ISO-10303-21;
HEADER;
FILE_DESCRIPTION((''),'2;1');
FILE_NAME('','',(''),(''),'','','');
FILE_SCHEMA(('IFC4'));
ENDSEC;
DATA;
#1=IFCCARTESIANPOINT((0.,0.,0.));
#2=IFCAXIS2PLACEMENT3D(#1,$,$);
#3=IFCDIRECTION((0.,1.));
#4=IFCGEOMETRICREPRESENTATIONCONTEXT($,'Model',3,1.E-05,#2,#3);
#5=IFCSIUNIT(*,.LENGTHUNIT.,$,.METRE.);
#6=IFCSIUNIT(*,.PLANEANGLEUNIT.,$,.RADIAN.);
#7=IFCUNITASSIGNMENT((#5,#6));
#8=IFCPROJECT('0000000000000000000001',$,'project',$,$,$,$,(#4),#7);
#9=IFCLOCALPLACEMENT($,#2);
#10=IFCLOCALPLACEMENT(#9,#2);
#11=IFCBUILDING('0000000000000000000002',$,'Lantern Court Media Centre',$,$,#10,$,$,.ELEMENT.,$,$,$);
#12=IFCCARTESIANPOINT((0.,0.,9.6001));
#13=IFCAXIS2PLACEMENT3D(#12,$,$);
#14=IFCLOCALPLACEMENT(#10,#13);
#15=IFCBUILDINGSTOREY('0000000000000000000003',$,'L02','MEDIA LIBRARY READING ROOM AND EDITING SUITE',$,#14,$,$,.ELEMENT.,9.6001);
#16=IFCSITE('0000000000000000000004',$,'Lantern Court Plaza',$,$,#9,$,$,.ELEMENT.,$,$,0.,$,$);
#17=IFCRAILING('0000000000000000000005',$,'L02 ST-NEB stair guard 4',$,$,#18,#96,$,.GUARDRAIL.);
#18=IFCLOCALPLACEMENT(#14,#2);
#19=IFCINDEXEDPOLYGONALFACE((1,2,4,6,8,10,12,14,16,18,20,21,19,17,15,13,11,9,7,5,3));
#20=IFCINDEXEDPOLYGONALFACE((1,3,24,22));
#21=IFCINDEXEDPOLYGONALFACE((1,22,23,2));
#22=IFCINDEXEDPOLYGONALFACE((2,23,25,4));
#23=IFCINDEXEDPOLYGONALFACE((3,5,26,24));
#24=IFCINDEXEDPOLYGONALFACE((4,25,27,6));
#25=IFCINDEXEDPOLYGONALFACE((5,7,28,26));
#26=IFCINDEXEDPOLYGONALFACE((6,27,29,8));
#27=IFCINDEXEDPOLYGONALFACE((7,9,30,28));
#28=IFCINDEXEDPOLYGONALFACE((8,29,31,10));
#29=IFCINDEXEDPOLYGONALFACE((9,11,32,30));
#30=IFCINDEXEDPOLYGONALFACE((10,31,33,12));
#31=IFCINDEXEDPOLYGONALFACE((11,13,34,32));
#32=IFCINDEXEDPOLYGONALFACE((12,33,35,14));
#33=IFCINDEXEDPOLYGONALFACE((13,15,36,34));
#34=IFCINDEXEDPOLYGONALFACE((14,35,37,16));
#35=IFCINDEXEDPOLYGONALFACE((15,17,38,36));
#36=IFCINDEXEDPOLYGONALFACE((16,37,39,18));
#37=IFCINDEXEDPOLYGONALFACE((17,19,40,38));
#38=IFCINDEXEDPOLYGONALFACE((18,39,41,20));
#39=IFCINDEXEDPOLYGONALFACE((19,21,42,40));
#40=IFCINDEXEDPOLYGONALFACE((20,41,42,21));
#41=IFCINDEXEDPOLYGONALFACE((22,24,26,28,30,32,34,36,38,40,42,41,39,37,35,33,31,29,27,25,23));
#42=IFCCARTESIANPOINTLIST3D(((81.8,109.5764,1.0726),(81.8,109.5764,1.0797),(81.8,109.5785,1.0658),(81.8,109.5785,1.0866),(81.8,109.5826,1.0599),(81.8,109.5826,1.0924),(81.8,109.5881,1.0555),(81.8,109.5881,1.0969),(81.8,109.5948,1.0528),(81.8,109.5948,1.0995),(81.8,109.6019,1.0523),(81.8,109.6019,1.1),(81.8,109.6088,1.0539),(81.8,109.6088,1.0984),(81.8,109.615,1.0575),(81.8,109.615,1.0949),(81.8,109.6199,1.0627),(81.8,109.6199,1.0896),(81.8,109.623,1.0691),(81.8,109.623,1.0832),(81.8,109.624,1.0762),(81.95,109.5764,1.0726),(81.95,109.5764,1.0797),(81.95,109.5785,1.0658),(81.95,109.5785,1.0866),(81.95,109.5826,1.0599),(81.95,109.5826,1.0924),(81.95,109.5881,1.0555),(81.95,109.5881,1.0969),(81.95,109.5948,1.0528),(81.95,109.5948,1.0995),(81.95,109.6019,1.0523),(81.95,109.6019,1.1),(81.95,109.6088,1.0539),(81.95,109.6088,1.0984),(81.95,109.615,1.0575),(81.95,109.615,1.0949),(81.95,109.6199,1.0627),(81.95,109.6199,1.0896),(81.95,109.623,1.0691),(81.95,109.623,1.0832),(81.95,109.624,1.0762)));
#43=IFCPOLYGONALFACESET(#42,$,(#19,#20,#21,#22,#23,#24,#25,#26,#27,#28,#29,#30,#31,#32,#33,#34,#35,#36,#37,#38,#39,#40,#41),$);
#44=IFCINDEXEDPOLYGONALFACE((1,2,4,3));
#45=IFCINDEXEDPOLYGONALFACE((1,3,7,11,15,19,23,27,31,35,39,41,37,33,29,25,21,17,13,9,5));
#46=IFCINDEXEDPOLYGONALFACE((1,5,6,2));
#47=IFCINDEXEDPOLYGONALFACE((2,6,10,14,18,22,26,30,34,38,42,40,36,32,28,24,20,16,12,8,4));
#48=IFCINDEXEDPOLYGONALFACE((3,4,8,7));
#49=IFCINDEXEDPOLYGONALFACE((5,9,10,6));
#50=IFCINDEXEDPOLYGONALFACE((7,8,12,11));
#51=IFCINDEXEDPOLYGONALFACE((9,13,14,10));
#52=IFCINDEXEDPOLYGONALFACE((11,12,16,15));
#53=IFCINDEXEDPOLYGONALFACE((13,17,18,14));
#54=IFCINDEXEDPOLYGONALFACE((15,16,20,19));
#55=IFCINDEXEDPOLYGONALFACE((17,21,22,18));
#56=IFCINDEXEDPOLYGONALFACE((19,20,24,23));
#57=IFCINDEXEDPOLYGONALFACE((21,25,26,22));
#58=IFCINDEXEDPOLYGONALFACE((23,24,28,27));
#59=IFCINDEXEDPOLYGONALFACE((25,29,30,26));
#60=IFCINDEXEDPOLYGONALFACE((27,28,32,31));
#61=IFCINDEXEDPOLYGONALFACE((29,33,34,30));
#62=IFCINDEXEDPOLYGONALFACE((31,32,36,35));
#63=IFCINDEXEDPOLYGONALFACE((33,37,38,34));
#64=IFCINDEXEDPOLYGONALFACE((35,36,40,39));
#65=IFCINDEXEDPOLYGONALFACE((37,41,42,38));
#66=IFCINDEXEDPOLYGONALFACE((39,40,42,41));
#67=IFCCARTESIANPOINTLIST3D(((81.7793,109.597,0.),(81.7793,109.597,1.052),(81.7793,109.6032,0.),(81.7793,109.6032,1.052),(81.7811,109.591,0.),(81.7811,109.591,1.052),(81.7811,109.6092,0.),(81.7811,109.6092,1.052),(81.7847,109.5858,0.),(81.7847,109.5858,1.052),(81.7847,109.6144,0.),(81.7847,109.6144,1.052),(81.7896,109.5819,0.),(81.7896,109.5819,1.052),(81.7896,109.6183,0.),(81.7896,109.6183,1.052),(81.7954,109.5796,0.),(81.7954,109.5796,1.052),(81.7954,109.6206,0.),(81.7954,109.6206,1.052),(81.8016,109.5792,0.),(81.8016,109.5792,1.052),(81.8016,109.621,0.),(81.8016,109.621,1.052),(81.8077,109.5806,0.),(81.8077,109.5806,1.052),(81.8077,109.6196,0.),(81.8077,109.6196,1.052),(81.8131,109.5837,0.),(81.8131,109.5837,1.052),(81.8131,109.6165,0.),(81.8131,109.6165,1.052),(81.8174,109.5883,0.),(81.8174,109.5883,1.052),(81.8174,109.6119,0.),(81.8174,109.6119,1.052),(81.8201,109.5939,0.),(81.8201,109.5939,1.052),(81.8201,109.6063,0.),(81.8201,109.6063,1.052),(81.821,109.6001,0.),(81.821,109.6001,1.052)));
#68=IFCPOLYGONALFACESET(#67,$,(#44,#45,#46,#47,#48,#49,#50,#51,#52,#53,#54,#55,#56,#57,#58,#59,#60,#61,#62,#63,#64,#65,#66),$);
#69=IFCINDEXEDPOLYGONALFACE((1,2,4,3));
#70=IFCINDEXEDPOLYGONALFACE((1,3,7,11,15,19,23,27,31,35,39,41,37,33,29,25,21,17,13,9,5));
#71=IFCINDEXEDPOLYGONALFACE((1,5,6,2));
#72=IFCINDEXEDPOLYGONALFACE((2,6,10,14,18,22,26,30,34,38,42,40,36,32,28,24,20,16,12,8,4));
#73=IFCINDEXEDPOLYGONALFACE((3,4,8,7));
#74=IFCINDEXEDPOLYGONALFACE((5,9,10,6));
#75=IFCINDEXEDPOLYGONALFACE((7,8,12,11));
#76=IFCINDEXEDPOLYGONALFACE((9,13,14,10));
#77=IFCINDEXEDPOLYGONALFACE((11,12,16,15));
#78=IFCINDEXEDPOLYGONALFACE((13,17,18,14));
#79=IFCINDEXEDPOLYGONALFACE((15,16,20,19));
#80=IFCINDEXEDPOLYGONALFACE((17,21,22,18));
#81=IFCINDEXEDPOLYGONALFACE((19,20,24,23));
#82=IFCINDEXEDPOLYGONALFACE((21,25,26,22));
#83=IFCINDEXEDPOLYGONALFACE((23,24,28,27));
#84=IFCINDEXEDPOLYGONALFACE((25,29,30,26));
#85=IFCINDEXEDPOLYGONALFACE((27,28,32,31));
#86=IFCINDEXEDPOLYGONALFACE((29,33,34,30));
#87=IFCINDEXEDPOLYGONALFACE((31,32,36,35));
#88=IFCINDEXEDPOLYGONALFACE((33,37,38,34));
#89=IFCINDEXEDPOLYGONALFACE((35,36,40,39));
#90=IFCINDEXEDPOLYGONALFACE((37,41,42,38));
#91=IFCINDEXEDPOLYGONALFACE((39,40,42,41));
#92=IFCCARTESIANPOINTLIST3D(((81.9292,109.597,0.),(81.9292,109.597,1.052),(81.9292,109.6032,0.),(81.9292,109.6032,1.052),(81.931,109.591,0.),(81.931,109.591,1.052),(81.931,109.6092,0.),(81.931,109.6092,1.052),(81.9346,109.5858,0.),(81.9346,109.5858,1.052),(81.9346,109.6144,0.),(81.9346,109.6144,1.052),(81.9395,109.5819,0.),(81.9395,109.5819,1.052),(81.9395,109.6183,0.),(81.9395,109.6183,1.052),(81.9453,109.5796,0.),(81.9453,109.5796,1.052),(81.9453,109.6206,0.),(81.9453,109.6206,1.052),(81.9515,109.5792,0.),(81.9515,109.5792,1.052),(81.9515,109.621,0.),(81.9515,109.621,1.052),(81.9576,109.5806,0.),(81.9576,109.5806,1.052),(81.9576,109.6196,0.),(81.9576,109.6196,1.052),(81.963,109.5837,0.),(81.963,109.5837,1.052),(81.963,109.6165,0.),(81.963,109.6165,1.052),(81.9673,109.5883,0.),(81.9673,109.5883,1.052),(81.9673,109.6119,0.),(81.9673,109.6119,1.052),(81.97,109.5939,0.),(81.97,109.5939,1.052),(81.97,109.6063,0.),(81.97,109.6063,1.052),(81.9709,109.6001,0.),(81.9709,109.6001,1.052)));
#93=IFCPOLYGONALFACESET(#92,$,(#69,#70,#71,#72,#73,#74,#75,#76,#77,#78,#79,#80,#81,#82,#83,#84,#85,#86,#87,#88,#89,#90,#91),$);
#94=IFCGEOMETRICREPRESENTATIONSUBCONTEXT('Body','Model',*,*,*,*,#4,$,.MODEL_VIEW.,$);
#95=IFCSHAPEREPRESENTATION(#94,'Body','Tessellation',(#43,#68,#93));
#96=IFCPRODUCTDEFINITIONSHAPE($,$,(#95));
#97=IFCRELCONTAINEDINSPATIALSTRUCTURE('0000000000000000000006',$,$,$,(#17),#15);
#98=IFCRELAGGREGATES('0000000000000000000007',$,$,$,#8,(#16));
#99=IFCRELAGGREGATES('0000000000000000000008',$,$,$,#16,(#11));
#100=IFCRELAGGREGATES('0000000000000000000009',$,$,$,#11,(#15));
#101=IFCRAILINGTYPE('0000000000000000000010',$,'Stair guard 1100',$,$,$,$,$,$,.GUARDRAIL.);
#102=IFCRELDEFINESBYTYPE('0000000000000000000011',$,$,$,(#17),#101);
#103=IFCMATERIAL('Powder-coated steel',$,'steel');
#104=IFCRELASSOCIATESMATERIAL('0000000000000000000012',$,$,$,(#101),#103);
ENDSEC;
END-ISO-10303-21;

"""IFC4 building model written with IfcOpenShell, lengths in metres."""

from ifc_helpers import new_model, si_unit, direction, frame, origin, origin_2d, place, context, subcontext, project, spatial, circle, extrude, material, type_object, element, save


model = new_model("IFC4")

# Units and contexts
model_context = context("Model", 3, precision=1e-05, world=origin(), true_north=direction((0.0, 1.0)))
body_context = subcontext(model_context, "Body", "Model", "MODEL_VIEW")
ifc_project = project(units=[si_unit("LENGTHUNIT", "METRE"), si_unit("PLANEANGLEUNIT", "RADIAN")], contexts=[model_context])

# Site, building, storey
site_placement = place(None, origin())
site = spatial("IfcSite", under=ifc_project, at=site_placement, Name="Lantern Court Plaza", CompositionType="ELEMENT", RefElevation=0.0)
building_placement = place(site_placement, origin())
building = spatial("IfcBuilding", under=site, at=building_placement, Name="Lantern Court Media Centre", CompositionType="ELEMENT")
storey_placement = place(building_placement, frame((0.0, 0.0, 9.6001)))
storey = spatial("IfcBuildingStorey", under=building, at=storey_placement, Name="L02", Description="MEDIA LIBRARY READING ROOM AND EDITING SUITE", CompositionType="ELEMENT", Elevation=9.6001)

# Shared definitions
ifc_material_1 = material(Name="Powder-coated steel", Category="steel")

# Railing
railing_type_1 = type_object("IfcRailingType", Name="Stair guard 1100", PredefinedType="GUARDRAIL", material=ifc_material_1)
railing_1_placement = place(storey_placement, frame((81.8, 109.6001, 0.0)))
element("IfcRailing", 1, at=railing_1_placement, inside=storey, type_object=railing_type_1, Name="L02 ST-NEB stair guard 4", PredefinedType="GUARDRAIL", context=body_context, shape_type="SweptSolid", body=[
    extrude(circle(Radius=0.0239, at=origin_2d()), frame((0.0, 0.0, 1.0762), z_axis=(1.0, 0.0, 0.0), x_axis=(0.0, 1.0, 0.0)), (0.0, 0.0, 1.0), 0.1499),
    extrude(circle(Radius=0.021, at=origin_2d()), origin(), (0.0, 0.0, 1.0), 1.052),
    extrude(circle(Radius=0.021, at=origin_2d()), frame((0.1499, 0.0, 0.0)), (0.0, 0.0, 1.0), 1.052),
])

save(model, "model.ifc")
